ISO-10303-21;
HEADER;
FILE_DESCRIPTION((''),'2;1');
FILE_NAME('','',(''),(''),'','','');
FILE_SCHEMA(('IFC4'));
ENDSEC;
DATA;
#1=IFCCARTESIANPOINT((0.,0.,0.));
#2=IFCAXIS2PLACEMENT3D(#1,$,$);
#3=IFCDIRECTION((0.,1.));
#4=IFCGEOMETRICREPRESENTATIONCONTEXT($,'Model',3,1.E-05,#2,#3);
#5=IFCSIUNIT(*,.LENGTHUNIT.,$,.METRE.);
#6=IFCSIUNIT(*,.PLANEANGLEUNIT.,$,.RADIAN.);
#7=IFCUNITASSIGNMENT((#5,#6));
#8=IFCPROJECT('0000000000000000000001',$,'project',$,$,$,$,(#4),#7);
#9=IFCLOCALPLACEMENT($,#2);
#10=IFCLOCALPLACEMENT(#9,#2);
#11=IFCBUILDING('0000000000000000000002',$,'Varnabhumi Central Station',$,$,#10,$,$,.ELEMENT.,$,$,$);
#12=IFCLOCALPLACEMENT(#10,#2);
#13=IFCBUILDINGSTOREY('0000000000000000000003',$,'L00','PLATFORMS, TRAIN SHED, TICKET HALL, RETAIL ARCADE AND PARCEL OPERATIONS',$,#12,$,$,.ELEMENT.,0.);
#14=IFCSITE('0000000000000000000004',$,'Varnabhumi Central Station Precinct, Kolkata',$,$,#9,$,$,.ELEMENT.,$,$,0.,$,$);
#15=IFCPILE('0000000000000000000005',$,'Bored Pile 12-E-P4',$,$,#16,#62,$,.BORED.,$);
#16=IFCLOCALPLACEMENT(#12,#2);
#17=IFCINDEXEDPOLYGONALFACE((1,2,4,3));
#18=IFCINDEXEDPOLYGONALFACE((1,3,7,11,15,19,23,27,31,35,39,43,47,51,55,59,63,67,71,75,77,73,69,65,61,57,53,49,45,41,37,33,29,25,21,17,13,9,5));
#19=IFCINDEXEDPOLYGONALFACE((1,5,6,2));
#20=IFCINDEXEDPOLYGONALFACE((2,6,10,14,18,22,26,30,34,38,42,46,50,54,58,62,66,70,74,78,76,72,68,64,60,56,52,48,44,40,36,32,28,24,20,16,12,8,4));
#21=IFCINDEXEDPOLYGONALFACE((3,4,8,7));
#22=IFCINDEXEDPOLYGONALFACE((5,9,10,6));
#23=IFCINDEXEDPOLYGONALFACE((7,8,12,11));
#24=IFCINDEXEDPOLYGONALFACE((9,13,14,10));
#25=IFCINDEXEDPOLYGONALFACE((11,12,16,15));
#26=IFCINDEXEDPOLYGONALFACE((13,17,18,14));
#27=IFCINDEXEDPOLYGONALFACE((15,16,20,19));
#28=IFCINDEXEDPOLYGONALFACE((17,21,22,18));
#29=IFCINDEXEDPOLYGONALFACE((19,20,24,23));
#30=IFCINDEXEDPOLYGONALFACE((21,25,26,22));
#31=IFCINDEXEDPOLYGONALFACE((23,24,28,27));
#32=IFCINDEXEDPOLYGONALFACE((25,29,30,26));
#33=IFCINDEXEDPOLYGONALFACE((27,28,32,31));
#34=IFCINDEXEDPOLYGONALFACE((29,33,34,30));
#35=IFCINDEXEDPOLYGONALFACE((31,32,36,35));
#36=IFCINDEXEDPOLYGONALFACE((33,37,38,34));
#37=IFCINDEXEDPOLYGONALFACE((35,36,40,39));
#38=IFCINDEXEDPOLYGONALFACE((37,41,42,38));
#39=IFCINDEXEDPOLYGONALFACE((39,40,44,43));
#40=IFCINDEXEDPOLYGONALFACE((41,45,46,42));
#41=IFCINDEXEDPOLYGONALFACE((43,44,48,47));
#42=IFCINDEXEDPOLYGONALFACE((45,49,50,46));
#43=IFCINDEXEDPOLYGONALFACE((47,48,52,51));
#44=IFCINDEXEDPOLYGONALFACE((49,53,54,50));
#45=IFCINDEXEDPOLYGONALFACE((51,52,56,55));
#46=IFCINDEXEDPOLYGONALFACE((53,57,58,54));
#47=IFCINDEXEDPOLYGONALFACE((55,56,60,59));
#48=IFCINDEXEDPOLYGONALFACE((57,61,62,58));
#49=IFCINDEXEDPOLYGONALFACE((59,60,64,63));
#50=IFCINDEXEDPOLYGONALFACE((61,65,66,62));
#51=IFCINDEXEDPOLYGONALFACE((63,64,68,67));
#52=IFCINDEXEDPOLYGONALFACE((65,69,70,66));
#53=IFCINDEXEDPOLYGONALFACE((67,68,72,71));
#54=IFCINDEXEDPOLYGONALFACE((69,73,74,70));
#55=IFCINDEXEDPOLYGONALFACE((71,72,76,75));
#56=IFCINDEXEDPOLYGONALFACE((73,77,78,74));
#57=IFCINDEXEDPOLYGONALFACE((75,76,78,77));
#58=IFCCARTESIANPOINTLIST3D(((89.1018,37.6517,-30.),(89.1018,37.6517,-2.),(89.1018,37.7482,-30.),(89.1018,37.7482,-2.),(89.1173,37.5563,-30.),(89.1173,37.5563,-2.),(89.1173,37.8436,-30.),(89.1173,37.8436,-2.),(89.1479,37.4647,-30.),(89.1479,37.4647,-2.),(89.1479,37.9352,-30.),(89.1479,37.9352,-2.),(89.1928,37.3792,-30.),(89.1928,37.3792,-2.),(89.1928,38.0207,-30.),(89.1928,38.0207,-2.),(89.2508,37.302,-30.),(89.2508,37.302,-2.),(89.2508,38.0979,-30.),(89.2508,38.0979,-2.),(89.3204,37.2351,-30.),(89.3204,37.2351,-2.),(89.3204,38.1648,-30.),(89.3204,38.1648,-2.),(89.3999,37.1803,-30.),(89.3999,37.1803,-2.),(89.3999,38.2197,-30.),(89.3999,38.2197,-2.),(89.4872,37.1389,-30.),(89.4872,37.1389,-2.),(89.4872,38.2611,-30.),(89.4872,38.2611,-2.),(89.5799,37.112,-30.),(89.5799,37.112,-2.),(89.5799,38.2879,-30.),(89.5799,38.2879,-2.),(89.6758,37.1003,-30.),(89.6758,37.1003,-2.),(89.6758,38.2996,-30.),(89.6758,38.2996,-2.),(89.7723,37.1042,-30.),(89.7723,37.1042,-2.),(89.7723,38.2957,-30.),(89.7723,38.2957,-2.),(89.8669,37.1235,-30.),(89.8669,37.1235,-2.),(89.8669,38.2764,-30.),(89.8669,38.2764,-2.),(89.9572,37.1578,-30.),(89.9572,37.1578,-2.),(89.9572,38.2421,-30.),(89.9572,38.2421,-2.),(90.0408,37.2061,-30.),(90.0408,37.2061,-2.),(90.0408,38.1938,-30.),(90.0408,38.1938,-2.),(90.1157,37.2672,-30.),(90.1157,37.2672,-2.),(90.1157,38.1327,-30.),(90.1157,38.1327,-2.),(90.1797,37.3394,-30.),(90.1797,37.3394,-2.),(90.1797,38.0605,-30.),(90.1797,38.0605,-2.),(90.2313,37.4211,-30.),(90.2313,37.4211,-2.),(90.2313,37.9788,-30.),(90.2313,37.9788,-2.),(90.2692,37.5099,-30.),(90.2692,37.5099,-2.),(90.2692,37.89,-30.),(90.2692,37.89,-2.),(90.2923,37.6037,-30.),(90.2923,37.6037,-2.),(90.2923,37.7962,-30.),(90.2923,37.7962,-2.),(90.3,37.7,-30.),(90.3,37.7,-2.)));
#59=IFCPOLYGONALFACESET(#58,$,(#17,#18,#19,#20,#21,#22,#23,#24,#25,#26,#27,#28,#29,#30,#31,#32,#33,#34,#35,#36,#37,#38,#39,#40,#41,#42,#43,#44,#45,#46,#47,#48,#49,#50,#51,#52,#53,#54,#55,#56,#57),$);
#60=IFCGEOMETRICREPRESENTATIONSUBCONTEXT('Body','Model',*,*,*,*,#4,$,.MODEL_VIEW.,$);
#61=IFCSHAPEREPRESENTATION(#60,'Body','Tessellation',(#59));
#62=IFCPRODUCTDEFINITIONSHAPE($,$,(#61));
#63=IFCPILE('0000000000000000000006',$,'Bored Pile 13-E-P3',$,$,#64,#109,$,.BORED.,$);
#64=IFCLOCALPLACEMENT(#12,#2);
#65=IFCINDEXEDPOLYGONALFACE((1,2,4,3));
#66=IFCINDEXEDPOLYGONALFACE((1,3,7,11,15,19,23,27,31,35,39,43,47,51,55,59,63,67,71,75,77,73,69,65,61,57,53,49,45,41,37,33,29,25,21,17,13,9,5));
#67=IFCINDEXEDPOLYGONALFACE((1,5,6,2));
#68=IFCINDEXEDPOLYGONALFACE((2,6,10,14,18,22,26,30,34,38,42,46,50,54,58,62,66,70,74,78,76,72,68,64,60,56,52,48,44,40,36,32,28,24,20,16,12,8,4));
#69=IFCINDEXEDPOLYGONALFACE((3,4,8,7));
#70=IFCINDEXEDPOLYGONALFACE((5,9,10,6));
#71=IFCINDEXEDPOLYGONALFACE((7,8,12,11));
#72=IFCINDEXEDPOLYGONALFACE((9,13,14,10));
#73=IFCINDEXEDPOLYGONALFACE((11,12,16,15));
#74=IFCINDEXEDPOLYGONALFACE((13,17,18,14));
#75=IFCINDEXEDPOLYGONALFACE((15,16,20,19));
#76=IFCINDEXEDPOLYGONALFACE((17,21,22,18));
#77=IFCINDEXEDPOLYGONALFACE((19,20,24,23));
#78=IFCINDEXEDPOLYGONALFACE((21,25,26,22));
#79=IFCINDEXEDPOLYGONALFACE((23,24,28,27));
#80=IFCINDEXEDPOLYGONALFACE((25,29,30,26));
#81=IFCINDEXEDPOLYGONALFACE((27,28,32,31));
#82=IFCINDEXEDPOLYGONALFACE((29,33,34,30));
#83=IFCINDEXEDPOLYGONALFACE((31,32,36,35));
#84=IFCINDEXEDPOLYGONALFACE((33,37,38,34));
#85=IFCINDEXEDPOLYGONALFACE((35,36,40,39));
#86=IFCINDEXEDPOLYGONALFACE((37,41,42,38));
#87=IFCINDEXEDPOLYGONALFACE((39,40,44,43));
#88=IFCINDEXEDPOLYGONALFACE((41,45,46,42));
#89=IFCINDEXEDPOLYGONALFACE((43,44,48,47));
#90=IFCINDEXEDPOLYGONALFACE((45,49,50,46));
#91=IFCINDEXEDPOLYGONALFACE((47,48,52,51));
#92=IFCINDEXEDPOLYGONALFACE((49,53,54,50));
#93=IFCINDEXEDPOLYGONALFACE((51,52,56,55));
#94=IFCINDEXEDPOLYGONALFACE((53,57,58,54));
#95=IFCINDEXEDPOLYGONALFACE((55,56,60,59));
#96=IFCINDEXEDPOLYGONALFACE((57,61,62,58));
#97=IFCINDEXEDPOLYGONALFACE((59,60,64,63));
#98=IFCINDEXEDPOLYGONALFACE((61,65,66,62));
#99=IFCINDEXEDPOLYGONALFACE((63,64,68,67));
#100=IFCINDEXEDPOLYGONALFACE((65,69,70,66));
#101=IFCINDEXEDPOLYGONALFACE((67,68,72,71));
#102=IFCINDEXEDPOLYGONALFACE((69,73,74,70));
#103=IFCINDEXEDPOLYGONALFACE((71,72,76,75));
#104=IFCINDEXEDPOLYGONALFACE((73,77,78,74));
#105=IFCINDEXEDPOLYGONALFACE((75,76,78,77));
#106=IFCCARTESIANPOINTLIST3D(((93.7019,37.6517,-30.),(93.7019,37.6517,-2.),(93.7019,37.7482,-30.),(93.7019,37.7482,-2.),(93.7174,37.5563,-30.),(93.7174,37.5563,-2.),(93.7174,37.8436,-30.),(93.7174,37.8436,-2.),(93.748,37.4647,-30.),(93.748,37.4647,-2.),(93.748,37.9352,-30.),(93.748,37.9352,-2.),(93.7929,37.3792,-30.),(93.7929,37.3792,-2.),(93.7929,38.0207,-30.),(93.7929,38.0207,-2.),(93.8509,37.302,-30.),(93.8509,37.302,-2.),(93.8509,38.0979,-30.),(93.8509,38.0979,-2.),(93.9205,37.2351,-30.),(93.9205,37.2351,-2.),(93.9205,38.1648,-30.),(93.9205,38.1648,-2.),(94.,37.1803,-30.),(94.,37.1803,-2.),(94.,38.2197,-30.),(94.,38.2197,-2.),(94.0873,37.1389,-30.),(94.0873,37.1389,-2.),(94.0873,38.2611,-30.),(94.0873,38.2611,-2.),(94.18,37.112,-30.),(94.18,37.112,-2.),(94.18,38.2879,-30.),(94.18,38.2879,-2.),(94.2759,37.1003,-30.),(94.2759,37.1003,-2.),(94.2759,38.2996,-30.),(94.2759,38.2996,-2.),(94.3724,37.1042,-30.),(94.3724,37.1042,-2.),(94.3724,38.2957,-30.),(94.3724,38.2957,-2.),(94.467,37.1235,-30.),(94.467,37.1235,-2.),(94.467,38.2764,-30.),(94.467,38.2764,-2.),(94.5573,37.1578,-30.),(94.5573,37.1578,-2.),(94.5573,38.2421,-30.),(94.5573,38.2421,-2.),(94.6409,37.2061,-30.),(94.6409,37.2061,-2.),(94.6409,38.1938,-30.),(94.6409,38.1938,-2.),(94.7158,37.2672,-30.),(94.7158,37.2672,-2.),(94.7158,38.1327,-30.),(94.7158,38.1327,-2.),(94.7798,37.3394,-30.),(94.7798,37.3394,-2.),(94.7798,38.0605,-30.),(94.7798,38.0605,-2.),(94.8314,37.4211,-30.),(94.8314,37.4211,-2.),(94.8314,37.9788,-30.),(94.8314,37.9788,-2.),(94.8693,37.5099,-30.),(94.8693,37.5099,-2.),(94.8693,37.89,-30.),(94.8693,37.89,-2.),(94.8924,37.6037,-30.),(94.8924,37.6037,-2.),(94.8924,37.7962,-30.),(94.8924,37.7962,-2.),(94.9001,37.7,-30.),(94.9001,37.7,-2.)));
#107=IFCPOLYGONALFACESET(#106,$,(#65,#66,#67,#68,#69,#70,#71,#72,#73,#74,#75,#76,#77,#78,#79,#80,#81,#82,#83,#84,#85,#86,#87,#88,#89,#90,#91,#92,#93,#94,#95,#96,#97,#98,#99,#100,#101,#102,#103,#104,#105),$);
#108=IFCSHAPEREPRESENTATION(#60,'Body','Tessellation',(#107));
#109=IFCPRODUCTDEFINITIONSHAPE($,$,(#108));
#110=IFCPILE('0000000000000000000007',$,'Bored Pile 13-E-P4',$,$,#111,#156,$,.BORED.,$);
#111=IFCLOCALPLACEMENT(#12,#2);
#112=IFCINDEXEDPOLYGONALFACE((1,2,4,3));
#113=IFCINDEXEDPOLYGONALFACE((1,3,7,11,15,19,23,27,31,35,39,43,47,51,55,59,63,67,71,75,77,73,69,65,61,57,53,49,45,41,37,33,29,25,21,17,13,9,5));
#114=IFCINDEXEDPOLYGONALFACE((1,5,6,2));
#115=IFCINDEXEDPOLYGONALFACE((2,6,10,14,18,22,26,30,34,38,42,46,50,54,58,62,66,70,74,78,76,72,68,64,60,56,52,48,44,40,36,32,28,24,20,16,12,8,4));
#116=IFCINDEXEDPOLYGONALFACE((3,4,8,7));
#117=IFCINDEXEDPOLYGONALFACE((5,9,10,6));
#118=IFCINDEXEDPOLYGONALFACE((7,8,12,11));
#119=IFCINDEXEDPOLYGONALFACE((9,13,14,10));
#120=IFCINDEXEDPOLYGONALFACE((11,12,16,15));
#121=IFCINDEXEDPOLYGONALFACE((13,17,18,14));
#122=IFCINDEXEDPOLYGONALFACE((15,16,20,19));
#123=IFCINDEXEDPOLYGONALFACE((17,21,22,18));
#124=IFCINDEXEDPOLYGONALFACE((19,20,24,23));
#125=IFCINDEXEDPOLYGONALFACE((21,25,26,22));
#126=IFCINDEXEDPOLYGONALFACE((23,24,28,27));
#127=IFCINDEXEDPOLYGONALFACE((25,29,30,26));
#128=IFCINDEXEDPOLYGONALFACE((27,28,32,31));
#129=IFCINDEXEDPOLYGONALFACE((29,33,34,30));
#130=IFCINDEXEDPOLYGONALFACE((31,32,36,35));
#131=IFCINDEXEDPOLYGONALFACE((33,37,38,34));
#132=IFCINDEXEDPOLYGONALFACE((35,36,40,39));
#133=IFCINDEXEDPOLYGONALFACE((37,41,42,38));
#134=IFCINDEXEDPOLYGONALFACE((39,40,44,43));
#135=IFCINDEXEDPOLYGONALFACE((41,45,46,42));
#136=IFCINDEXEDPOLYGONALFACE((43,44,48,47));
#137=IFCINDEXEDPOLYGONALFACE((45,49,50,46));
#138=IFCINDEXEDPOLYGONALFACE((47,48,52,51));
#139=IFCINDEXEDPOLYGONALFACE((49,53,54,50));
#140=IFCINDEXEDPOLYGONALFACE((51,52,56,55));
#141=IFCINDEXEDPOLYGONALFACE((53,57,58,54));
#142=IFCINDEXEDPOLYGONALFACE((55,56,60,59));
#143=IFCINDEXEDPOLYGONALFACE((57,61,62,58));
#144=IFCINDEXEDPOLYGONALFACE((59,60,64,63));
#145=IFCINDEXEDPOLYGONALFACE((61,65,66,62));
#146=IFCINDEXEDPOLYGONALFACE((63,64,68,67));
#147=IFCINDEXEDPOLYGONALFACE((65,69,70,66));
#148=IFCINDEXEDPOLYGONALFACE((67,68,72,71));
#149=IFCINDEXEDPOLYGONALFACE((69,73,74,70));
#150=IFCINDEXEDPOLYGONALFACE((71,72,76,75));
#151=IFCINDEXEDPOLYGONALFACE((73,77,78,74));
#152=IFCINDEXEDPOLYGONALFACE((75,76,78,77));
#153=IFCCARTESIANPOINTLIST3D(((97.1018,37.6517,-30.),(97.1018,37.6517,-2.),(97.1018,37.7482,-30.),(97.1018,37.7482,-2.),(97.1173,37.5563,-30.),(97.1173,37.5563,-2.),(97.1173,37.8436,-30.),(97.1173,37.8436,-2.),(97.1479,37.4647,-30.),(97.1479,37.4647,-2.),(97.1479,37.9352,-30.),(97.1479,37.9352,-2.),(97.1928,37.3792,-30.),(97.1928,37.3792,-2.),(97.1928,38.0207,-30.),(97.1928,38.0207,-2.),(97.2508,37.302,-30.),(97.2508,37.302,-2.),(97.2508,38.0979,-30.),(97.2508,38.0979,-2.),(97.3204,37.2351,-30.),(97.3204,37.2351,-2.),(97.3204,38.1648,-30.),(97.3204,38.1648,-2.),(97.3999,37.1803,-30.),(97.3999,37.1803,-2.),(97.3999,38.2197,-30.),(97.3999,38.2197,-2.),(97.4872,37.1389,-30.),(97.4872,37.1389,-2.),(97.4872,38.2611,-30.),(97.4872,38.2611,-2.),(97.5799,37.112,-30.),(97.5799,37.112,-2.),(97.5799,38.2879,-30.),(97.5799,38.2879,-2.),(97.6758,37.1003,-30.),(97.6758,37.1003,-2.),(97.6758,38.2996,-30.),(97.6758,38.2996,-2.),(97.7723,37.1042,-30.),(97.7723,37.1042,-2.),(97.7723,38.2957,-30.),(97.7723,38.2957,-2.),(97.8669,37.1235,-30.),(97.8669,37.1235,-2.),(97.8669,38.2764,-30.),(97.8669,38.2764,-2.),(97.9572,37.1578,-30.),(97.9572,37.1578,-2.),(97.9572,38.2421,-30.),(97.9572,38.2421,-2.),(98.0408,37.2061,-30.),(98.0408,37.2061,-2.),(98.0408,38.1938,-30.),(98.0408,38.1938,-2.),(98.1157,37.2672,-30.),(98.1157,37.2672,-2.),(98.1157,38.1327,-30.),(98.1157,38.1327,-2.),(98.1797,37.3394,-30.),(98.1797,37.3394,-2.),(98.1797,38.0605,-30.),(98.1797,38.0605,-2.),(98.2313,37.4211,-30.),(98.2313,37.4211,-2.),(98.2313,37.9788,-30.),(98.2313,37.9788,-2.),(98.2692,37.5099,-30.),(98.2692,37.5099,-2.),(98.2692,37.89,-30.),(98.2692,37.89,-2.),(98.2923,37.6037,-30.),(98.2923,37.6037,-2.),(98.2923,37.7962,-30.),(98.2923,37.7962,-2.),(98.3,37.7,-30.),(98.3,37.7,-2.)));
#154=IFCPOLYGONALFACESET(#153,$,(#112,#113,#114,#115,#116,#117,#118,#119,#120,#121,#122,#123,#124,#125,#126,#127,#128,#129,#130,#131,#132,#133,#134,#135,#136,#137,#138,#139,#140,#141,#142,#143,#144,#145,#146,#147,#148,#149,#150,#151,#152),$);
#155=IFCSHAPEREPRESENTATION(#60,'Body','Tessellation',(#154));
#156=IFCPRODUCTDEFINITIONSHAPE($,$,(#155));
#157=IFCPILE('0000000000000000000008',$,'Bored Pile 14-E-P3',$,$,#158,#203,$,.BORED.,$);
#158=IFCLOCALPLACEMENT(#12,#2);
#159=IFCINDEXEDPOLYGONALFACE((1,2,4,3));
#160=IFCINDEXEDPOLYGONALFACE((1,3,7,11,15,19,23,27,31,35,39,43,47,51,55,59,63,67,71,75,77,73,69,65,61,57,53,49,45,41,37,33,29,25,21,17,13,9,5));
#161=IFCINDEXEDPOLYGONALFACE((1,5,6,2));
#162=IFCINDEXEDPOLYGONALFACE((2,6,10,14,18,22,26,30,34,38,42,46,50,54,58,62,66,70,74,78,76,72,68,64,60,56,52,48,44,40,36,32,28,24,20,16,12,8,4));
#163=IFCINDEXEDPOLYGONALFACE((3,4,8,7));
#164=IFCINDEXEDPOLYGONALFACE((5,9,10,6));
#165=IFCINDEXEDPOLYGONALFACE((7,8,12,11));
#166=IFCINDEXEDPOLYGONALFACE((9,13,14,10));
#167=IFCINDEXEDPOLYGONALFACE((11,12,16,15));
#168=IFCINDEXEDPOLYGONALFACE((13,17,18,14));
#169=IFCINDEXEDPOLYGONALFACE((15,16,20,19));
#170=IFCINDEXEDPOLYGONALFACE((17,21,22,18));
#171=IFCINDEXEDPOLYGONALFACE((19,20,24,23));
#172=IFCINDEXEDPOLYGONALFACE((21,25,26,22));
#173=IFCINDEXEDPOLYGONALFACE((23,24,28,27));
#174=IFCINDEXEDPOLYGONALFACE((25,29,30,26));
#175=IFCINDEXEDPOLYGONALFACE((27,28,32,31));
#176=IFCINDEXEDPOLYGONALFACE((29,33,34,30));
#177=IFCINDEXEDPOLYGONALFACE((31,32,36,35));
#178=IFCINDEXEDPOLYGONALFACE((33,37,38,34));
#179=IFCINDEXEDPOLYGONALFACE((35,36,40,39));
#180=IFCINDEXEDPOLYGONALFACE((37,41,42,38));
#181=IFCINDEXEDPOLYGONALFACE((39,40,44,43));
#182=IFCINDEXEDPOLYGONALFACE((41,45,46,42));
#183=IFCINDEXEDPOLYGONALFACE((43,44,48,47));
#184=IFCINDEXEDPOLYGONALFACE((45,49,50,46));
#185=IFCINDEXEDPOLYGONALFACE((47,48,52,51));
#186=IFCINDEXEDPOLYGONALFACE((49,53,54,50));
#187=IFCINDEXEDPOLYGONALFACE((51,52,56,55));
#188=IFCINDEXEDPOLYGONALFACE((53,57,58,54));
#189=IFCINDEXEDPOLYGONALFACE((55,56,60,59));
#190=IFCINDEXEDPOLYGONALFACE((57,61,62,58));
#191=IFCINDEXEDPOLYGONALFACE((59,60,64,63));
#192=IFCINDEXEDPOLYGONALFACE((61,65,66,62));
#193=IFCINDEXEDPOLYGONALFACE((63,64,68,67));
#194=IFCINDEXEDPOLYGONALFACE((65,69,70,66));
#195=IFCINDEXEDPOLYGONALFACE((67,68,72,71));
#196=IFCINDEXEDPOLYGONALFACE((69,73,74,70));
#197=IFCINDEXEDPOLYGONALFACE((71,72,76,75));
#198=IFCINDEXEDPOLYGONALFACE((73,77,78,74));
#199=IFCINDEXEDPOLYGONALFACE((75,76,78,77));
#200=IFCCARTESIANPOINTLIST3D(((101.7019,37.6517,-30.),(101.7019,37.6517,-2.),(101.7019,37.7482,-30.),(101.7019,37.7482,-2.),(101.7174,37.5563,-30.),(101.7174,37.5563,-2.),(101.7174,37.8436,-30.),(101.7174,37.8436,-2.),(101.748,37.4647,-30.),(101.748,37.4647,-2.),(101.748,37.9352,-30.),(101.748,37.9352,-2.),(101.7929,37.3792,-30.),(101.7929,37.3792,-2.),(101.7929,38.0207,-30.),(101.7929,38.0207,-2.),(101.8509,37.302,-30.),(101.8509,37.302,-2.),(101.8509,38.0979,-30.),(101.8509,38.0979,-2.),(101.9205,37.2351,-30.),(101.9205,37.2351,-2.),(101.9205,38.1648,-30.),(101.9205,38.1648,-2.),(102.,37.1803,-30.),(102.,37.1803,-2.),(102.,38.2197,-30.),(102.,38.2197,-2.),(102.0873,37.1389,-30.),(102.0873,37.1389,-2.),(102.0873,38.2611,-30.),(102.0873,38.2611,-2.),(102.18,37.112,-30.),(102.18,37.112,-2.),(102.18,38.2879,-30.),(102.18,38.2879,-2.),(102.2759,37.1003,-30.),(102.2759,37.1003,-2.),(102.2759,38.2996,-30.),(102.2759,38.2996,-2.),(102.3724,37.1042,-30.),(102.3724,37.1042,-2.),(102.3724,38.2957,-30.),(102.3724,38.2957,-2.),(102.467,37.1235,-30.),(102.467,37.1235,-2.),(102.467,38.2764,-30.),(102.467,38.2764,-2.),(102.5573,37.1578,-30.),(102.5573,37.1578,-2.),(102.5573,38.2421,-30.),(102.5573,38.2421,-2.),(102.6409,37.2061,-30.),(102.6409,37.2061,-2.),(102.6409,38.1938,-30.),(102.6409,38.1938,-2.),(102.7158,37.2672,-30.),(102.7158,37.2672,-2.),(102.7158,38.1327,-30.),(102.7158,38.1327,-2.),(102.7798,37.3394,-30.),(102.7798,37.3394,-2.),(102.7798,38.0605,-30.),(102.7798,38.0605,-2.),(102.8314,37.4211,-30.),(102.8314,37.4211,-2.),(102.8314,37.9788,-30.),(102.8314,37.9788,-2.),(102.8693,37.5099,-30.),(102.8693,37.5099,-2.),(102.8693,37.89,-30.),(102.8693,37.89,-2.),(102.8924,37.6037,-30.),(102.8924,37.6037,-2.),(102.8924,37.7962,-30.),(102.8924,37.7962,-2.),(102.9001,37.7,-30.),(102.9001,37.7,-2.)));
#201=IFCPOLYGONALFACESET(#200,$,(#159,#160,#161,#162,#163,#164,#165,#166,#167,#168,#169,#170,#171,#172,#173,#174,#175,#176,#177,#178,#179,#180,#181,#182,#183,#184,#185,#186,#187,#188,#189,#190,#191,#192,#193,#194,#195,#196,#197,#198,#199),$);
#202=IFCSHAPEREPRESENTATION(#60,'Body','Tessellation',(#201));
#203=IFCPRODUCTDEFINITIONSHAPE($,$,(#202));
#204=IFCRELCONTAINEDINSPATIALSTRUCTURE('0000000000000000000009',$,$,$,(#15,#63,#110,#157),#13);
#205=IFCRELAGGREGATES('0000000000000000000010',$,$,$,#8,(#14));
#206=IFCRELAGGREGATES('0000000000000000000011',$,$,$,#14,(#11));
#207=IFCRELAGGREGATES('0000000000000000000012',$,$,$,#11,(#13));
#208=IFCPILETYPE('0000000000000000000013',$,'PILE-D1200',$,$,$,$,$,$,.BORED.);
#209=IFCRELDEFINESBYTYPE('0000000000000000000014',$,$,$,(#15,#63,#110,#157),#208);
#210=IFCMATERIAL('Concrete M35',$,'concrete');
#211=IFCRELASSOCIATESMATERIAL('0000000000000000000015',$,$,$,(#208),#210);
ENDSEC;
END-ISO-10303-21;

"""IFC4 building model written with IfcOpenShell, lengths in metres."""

from ifc_helpers import new_model, si_unit, direction, frame, origin, origin_2d, place, context, subcontext, project, spatial, circle, extrude, material, material_profile, profile_set, type_object, element, save


model = new_model("IFC4")

# Units and contexts
model_context = context("Model", 3, precision=1e-05, world=origin(), true_north=direction((0.0, 1.0)))
body_context = subcontext(model_context, "Body", "Model", "MODEL_VIEW")
ifc_project = project(units=[si_unit("LENGTHUNIT", "METRE"), si_unit("PLANEANGLEUNIT", "RADIAN")], contexts=[model_context])

# Site, building, storey
site_placement = place(None, origin())
site = spatial("IfcSite", under=ifc_project, at=site_placement, Name="Varnabhumi Central Station Precinct, Kolkata", CompositionType="ELEMENT", RefElevation=0.0)
building_placement = place(site_placement, origin())
building = spatial("IfcBuilding", under=site, at=building_placement, Name="Varnabhumi Central Station", CompositionType="ELEMENT")
storey_placement = place(building_placement, origin())
storey = spatial("IfcBuildingStorey", under=building, at=storey_placement, Name="L00", Description="PLATFORMS, TRAIN SHED, TICKET HALL, RETAIL ARCADE AND PARCEL OPERATIONS", CompositionType="ELEMENT", Elevation=0.0)

# Piles
ifc_material_1 = material(Name="Concrete M35", Category="concrete")
ifc_material_profile_1 = material_profile(ifc_material_1, circle(Radius=0.6001, at=origin_2d()), Name="Concrete M35", Category="concrete")
ifc_profile_set_1 = profile_set([ifc_material_profile_1], Name="Concrete M35")
pile_type_1 = type_object("IfcPileType", Name="PILE-D1200", PredefinedType="BORED", material=ifc_profile_set_1)
for number, where, z_axis, x_axis, name in (
    (1, (89.7, 37.7, -2.0), (0.0, 0.0, -1.0), (1.0, 0.0, 0.0), "Bored Pile 12-E-P4"),
    (2, (94.3, 37.7, -2.0), (0.0, 0.0, -1.0), (1.0, 0.0, 0.0), "Bored Pile 13-E-P3"),
    (3, (97.7, 37.7, -2.0), (0.0, 0.0, -1.0), (1.0, 0.0, 0.0), "Bored Pile 13-E-P4"),
    (4, (102.3, 37.7, -2.0), (0.0, 0.0, -1.0), (1.0, 0.0, 0.0), "Bored Pile 14-E-P3"),
):
    element("IfcPile", number, at=place(storey_placement, frame(where, z_axis=z_axis, x_axis=x_axis)), inside=storey, type_object=pile_type_1, Name=name, PredefinedType="BORED", context=body_context, shape_type="SweptSolid", body=[
        extrude(circle(Radius=0.6001, at=origin_2d()), origin(), (0.0, 0.0, 1.0), 28.0),
    ])

save(model, "model.ifc")
